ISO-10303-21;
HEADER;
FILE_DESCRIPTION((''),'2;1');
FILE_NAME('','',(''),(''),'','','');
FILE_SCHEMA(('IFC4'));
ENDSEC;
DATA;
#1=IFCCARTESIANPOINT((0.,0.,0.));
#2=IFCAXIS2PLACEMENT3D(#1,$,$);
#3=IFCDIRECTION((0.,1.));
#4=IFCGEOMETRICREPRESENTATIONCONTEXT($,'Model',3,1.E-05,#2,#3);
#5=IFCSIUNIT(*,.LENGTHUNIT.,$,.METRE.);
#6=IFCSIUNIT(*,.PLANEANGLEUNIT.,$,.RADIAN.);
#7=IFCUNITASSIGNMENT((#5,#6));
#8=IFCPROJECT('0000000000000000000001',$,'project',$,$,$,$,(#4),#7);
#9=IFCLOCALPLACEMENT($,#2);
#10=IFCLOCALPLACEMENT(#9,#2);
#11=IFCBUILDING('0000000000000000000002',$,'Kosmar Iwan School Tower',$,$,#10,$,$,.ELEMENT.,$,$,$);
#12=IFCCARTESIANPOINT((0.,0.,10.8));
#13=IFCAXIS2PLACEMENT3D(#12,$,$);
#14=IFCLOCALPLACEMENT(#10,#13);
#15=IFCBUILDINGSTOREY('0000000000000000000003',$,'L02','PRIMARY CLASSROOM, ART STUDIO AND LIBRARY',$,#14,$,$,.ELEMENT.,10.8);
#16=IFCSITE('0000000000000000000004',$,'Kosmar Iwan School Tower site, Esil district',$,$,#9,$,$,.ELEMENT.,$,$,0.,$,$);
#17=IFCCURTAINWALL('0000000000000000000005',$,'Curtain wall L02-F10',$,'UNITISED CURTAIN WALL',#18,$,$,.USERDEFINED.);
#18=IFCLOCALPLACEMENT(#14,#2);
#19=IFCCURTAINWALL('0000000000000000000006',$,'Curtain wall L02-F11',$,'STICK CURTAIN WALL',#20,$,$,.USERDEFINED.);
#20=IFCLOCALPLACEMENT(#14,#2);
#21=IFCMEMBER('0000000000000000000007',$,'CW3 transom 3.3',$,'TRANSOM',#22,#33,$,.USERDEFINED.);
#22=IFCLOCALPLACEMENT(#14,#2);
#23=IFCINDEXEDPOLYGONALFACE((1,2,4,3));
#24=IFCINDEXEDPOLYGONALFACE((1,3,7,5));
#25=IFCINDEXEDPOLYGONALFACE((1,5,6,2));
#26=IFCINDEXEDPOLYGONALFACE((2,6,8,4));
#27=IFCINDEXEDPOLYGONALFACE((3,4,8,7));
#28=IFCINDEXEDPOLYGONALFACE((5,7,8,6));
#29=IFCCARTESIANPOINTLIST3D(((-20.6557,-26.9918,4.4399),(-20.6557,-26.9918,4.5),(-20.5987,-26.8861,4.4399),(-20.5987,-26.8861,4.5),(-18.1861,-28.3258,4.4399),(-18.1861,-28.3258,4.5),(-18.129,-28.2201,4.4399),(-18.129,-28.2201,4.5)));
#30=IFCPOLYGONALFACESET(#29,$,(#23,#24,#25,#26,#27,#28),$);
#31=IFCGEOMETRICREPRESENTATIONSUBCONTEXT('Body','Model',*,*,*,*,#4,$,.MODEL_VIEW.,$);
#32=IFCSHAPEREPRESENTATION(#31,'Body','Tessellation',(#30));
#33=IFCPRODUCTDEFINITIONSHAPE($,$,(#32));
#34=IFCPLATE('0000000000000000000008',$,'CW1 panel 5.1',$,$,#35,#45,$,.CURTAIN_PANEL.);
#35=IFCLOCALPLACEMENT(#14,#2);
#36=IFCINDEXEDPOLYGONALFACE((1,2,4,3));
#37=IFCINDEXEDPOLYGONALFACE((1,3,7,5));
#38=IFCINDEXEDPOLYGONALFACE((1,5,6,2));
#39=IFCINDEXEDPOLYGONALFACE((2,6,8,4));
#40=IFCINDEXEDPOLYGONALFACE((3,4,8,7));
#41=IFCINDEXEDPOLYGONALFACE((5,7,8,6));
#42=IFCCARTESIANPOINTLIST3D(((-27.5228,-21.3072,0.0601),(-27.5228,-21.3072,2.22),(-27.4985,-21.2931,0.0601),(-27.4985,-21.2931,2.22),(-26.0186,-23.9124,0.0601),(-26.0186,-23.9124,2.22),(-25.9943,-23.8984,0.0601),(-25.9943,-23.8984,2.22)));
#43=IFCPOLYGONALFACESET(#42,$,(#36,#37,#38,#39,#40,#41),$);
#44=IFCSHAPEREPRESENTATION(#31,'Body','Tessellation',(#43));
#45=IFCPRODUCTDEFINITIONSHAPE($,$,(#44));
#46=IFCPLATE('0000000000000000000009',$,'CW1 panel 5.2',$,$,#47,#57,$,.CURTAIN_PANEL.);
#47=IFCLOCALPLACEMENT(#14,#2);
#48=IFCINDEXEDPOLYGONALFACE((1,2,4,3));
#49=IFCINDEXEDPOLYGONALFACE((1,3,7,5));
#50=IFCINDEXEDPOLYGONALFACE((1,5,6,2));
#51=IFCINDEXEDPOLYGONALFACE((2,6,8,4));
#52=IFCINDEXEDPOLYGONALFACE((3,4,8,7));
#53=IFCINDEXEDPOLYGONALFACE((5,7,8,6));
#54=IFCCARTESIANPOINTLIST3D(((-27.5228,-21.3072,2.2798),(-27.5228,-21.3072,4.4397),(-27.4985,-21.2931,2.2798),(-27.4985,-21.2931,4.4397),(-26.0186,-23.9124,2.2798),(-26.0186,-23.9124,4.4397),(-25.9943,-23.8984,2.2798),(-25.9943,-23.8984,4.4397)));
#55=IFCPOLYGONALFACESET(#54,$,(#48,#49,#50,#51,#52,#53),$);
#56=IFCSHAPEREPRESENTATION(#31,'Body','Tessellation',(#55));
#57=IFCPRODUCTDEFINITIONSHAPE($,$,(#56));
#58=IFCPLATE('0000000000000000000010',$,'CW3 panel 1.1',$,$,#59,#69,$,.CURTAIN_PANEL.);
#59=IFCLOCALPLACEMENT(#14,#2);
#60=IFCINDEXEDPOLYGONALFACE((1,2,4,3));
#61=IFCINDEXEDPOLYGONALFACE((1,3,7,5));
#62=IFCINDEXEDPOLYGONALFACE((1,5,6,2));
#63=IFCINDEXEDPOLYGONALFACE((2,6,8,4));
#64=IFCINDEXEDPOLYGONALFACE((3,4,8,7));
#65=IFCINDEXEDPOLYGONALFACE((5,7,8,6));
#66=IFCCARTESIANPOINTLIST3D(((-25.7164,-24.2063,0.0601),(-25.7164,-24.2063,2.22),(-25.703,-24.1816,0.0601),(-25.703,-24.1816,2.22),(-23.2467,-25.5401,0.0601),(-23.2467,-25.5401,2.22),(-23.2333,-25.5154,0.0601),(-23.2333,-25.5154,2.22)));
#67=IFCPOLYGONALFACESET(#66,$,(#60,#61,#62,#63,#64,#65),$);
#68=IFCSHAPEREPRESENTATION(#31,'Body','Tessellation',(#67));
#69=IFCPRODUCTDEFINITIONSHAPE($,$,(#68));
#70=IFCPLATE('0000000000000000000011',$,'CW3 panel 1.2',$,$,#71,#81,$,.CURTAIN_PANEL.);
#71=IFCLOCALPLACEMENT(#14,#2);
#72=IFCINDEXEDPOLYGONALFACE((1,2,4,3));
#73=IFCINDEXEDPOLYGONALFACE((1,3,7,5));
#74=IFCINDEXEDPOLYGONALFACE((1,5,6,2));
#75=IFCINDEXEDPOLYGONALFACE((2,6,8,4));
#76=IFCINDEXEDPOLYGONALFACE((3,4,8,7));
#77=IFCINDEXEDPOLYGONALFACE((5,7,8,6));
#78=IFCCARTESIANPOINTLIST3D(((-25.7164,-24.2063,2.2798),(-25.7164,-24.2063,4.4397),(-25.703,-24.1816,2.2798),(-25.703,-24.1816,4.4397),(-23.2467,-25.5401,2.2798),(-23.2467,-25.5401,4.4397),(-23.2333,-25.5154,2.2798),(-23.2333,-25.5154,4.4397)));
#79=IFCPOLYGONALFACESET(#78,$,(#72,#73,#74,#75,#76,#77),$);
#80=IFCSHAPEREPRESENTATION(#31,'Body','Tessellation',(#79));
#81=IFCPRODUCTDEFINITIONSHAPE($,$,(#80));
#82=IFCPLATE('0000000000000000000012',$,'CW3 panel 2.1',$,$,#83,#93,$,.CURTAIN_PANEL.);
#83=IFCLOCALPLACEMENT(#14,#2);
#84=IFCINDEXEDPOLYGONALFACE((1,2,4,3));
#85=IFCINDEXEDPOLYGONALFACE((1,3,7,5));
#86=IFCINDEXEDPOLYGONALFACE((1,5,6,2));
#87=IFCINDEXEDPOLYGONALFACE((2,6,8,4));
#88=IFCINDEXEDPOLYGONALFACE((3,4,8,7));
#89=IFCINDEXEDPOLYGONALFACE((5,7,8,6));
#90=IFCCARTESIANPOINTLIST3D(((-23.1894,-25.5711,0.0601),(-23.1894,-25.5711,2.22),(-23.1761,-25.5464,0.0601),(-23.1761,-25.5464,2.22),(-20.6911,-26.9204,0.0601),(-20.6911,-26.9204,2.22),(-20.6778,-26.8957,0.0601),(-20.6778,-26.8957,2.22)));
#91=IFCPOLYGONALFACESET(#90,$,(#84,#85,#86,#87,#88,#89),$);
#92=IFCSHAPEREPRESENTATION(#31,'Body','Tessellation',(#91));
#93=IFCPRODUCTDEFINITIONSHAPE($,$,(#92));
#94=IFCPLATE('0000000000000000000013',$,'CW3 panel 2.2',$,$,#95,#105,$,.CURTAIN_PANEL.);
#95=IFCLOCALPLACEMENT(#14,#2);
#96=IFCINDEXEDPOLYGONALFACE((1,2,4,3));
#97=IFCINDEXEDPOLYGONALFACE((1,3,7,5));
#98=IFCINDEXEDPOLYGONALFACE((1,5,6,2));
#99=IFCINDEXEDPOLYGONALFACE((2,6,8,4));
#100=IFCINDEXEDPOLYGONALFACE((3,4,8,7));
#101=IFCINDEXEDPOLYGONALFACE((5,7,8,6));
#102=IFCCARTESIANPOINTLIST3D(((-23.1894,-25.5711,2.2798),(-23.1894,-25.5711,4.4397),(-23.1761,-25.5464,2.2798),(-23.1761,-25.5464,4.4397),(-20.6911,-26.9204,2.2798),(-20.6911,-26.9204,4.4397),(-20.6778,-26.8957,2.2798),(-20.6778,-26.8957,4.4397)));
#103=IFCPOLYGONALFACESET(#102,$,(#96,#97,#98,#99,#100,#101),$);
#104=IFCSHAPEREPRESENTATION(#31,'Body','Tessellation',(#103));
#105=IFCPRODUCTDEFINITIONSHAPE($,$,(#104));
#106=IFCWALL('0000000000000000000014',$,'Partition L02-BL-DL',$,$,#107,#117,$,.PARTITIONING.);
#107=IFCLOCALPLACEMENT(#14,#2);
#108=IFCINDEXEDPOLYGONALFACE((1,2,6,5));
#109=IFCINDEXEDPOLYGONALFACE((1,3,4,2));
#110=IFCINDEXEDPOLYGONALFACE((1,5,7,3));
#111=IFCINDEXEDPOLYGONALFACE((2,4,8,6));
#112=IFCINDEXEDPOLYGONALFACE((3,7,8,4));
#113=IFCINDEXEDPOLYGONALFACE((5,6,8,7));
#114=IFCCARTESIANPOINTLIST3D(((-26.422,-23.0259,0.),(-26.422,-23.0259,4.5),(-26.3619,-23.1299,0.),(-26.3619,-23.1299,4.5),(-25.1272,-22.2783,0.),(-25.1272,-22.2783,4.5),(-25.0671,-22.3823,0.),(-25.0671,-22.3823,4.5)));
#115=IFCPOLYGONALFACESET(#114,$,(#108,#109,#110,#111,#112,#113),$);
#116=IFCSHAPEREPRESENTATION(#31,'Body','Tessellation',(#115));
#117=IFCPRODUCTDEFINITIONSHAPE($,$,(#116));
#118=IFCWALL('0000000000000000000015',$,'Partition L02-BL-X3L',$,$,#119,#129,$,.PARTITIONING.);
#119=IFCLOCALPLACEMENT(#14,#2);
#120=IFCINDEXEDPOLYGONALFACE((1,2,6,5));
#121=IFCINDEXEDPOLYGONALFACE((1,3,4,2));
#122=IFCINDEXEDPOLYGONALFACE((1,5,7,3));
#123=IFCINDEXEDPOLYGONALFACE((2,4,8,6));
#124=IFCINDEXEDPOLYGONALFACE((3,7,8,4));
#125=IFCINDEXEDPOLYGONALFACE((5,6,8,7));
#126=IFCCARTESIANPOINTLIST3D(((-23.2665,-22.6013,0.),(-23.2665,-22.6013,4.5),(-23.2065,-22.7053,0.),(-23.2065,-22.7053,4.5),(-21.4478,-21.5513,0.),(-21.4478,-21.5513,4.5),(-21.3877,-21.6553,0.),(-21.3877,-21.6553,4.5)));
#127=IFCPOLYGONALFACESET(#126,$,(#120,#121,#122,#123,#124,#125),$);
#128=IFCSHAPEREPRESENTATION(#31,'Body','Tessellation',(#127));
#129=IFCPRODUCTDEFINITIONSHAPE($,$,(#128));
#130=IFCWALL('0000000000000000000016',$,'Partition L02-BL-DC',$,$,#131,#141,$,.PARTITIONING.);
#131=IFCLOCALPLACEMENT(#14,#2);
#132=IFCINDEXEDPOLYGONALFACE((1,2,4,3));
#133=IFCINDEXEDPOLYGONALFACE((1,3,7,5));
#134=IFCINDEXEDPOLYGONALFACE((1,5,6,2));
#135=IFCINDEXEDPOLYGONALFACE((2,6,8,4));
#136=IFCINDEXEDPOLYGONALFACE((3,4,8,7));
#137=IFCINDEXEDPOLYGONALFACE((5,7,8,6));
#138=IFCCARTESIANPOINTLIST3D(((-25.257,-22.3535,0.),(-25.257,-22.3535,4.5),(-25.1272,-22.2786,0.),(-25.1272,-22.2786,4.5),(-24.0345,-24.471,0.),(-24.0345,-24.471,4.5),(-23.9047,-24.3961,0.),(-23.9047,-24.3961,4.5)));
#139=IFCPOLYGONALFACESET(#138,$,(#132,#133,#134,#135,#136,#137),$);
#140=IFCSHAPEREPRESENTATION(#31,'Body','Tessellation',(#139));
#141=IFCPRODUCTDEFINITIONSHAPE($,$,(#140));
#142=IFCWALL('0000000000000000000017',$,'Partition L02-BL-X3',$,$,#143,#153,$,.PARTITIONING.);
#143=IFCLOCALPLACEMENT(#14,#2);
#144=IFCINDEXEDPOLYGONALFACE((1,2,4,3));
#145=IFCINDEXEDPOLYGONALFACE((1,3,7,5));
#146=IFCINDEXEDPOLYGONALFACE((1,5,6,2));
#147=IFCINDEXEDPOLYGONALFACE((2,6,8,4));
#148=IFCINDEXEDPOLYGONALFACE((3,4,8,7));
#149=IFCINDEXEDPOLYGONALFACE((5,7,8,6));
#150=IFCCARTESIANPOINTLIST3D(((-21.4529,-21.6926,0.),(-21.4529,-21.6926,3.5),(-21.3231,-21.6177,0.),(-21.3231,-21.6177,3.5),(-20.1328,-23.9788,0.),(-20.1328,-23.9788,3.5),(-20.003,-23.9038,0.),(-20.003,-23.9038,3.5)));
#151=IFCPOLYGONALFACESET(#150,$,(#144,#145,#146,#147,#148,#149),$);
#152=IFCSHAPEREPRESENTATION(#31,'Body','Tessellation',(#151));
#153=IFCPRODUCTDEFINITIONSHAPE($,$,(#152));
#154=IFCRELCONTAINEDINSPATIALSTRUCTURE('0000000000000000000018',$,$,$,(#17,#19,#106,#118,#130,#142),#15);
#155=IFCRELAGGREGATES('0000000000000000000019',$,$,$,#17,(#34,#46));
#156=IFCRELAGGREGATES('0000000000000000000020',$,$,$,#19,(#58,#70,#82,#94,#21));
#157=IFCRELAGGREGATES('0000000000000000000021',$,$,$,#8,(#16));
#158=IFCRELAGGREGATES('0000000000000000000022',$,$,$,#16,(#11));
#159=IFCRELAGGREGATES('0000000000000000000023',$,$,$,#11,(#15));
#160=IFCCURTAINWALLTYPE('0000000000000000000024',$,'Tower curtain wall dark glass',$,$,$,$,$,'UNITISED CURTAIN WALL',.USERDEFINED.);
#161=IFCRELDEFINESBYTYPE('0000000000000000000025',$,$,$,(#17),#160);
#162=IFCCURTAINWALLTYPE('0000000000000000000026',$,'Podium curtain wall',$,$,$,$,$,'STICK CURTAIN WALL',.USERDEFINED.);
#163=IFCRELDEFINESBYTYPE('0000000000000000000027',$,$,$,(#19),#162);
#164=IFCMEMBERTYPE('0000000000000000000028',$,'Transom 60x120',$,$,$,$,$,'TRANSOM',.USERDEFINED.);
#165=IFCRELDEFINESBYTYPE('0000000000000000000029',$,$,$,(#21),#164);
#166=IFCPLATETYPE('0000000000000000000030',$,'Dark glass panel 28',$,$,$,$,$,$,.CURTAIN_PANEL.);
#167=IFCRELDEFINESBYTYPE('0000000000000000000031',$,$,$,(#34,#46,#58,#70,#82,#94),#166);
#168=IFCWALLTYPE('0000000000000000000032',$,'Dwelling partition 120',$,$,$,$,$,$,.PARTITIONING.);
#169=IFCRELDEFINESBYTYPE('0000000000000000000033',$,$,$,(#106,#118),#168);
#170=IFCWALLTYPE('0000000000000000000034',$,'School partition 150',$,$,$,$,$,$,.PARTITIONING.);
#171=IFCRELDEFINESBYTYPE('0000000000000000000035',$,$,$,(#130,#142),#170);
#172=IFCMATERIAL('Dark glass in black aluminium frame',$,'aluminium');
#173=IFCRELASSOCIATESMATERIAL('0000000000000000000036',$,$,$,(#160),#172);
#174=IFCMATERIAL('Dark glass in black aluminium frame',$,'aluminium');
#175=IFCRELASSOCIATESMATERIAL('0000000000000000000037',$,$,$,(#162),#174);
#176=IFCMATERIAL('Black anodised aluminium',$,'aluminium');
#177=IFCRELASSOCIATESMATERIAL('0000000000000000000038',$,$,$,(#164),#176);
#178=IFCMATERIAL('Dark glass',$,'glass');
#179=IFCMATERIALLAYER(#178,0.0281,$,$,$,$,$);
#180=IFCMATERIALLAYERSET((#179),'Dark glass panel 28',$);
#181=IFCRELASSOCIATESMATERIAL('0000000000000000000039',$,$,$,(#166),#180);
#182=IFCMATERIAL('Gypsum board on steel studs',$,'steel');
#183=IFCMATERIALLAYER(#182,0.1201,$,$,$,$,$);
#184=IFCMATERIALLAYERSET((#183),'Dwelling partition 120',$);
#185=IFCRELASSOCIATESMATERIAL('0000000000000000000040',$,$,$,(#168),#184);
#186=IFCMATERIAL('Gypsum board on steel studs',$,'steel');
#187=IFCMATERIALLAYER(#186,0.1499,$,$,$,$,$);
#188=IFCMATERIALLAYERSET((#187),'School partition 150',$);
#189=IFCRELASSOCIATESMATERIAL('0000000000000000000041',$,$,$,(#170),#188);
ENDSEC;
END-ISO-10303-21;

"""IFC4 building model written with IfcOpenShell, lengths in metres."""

from ifc_helpers import new_model, si_unit, direction, frame, frame_2d, origin, origin_2d, place, context, subcontext, project, spatial, rectangle, extrude, material, layer, layer_set, material_profile, profile_set, type_object, element, aggregate, save


model = new_model("IFC4")

# Units and contexts
model_context = context("Model", 3, precision=1e-05, world=origin(), true_north=direction((0.0, 1.0)))
body_context = subcontext(model_context, "Body", "Model", "MODEL_VIEW")
ifc_project = project(units=[si_unit("LENGTHUNIT", "METRE"), si_unit("PLANEANGLEUNIT", "RADIAN")], contexts=[model_context])

# Site, building, storey
site_placement = place(None, origin())
site = spatial("IfcSite", under=ifc_project, at=site_placement, Name="Kosmar Iwan School Tower site, Esil district", CompositionType="ELEMENT", RefElevation=0.0)
building_placement = place(site_placement, origin())
building = spatial("IfcBuilding", under=site, at=building_placement, Name="Kosmar Iwan School Tower", CompositionType="ELEMENT")
storey_placement = place(building_placement, frame((0.0, 0.0, 10.8)))
storey = spatial("IfcBuildingStorey", under=building, at=storey_placement, Name="L02", Description="PRIMARY CLASSROOM, ART STUDIO AND LIBRARY", CompositionType="ELEMENT", Elevation=10.8)

# Curtain wall
ifc_material_1 = material(Name="Dark glass in black aluminium frame", Category="aluminium")
curtain_wall_type_1 = type_object("IfcCurtainWallType", Name="Tower curtain wall dark glass", ElementType="UNITISED CURTAIN WALL", PredefinedType="USERDEFINED", material=ifc_material_1)
curtain_wall_1_placement = place(storey_placement, origin())
curtain_wall_1 = element("IfcCurtainWall", 1, at=curtain_wall_1_placement, inside=storey, type_object=curtain_wall_type_1, Name="Curtain wall L02-F10", ObjectType="UNITISED CURTAIN WALL", PredefinedType="USERDEFINED")

# Curtain wall
ifc_material_2 = material(Name="Dark glass in black aluminium frame", Category="aluminium")
curtain_wall_type_2 = type_object("IfcCurtainWallType", Name="Podium curtain wall", ElementType="STICK CURTAIN WALL", PredefinedType="USERDEFINED", material=ifc_material_2)
curtain_wall_2_placement = place(storey_placement, origin())
curtain_wall_2 = element("IfcCurtainWall", 2, at=curtain_wall_2_placement, inside=storey, type_object=curtain_wall_type_2, Name="Curtain wall L02-F11", ObjectType="STICK CURTAIN WALL", PredefinedType="USERDEFINED")

# Member
ifc_material_3 = material(Name="Black anodised aluminium", Category="aluminium")
ifc_material_profile_1 = material_profile(ifc_material_3, rectangle(XDim=0.1201, YDim=0.0601, at=origin_2d()), Name="TRANSOM 60x120")
ifc_profile_set_1 = profile_set([ifc_material_profile_1], Name="Black anodised aluminium")
member_type_1 = type_object("IfcMemberType", Name="Transom 60x120", ElementType="TRANSOM", PredefinedType="USERDEFINED", material=ifc_profile_set_1)
member_1_placement = place(storey_placement, frame((-20.6272, -26.939, 4.47), z_axis=(0.879856, -0.47524, 0.0), x_axis=(0.47524, 0.879856, 0.0)))
member_1 = element("IfcMember", 3, at=member_1_placement, type_object=member_type_1, Name="CW3 transom 3.3", ObjectType="TRANSOM", PredefinedType="USERDEFINED", context=body_context, shape_type="SweptSolid", body=[
    extrude(rectangle(XDim=0.1201, YDim=0.0601, at=origin_2d()), origin(), (0.0, 0.0, 1.0), 2.8069),
])

# Plates
ifc_material_4 = material(Name="Dark glass", Category="glass")
ifc_layer_1 = layer(ifc_material_4, 0.0281)
ifc_layer_set_1 = layer_set([ifc_layer_1], Name="Dark glass panel 28")
plate_type = type_object("IfcPlateType", Name="Dark glass panel 28", PredefinedType="CURTAIN_PANEL", material=ifc_layer_set_1)
plate_1_placement = place(storey_placement, frame((-26.7585, -22.6028, 0.0601), z_axis=(0.0, 0.0, 1.0), x_axis=(0.5, -0.866025, 0.0)))
plate_1 = element("IfcPlate", 4, at=plate_1_placement, type_object=plate_type, Name="CW1 panel 5.1", PredefinedType="CURTAIN_PANEL", context=body_context, shape_type="SweptSolid", body=[
    extrude(rectangle(XDim=3.0083, YDim=0.0281, at=origin_2d()), origin(), (0.0, 0.0, 1.0), 2.1599),
])
plate_2_placement = place(storey_placement, frame((-26.7585, -22.6028, 2.2798), z_axis=(0.0, 0.0, 1.0), x_axis=(0.5, -0.866025, 0.0)))
plate_2 = element("IfcPlate", 5, at=plate_2_placement, type_object=plate_type, Name="CW1 panel 5.2", PredefinedType="CURTAIN_PANEL", context=body_context, shape_type="SweptSolid", body=[
    extrude(rectangle(XDim=3.0083, YDim=0.0281, at=origin_2d()), origin(), (0.0, 0.0, 1.0), 2.1599),
])
aggregate(curtain_wall_1, [plate_1, plate_2])
plate_3_placement = place(storey_placement, frame((-24.4749, -24.8608, 0.0601), z_axis=(0.0, 0.0, 1.0), x_axis=(0.879869, -0.475215, 0.0)))
plate_3 = element("IfcPlate", 6, at=plate_3_placement, type_object=plate_type, Name="CW3 panel 1.1", PredefinedType="CURTAIN_PANEL", context=body_context, shape_type="SweptSolid", body=[
    extrude(rectangle(XDim=2.8069, YDim=0.0281, at=origin_2d()), origin(), (0.0, 0.0, 1.0), 2.1599),
])
plate_4_placement = place(storey_placement, frame((-24.4749, -24.8608, 2.2798), z_axis=(0.0, 0.0, 1.0), x_axis=(0.879869, -0.475215, 0.0)))
plate_4 = element("IfcPlate", 7, at=plate_4_placement, type_object=plate_type, Name="CW3 panel 1.2", PredefinedType="CURTAIN_PANEL", context=body_context, shape_type="SweptSolid", body=[
    extrude(rectangle(XDim=2.8069, YDim=0.0281, at=origin_2d()), origin(), (0.0, 0.0, 1.0), 2.1599),
])
plate_5_placement = place(storey_placement, frame((-21.9336, -26.2334, 0.0601), z_axis=(0.0, 0.0, 1.0), x_axis=(0.879869, -0.475215, 0.0)))
plate_5 = element("IfcPlate", 8, at=plate_5_placement, type_object=plate_type, Name="CW3 panel 2.1", PredefinedType="CURTAIN_PANEL", context=body_context, shape_type="SweptSolid", body=[
    extrude(rectangle(XDim=2.8394, YDim=0.0281, at=origin_2d()), origin(), (0.0, 0.0, 1.0), 2.1599),
])
plate_6_placement = place(storey_placement, frame((-21.9336, -26.2334, 2.2798), z_axis=(0.0, 0.0, 1.0), x_axis=(0.879869, -0.475215, 0.0)))
plate_6 = element("IfcPlate", 9, at=plate_6_placement, type_object=plate_type, Name="CW3 panel 2.2", PredefinedType="CURTAIN_PANEL", context=body_context, shape_type="SweptSolid", body=[
    extrude(rectangle(XDim=2.8394, YDim=0.0281, at=origin_2d()), origin(), (0.0, 0.0, 1.0), 2.1599),
])
aggregate(curtain_wall_2, [plate_3, plate_4, plate_5, plate_6, member_1])

# Walls
ifc_material_5 = material(Name="Gypsum board on steel studs", Category="steel")
ifc_layer_2 = layer(ifc_material_5, 0.1201)
ifc_layer_set_2 = layer_set([ifc_layer_2], Name="Dwelling partition 120")
wall_type_1 = type_object("IfcWallType", Name="Dwelling partition 120", PredefinedType="PARTITIONING", material=ifc_layer_set_2)
wall_1_placement = place(storey_placement, frame((-25.0972, -22.3303, 0.0), z_axis=(0.0, 0.0, 1.0), x_axis=(-0.866003, -0.500038, 0.0)))
element("IfcWall", 10, at=wall_1_placement, inside=storey, type_object=wall_type_1, Name="Partition L02-BL-DL", PredefinedType="PARTITIONING", context=body_context, shape_type="SweptSolid", body=[
    extrude(rectangle(XDim=1.4951, YDim=0.1201, at=frame_2d((0.7476, 0.0))), origin(), (0.0, 0.0, 1.0), 4.5),
])
wall_2_placement = place(storey_placement, frame((-21.4177, -21.6033, 0.0), z_axis=(0.0, 0.0, 1.0), x_axis=(-0.866038, -0.499977, 0.0)))
element("IfcWall", 11, at=wall_2_placement, inside=storey, type_object=wall_type_1, Name="Partition L02-BL-X3L", PredefinedType="PARTITIONING", context=body_context, shape_type="SweptSolid", body=[
    extrude(rectangle(XDim=2.1001, YDim=0.1201, at=frame_2d((1.05, 0.0))), origin(), (0.0, 0.0, 1.0), 4.5),
])
ifc_material_6 = material(Name="Gypsum board on steel studs", Category="steel")
ifc_layer_3 = layer(ifc_material_6, 0.1499)
ifc_layer_set_3 = layer_set([ifc_layer_3], Name="School partition 150")
wall_type_2 = type_object("IfcWallType", Name="School partition 150", PredefinedType="PARTITIONING", material=ifc_layer_set_3)
wall_3_placement = place(storey_placement, frame((-25.1921, -22.3159, 0.0), z_axis=(0.0, 0.0, 1.0), x_axis=(0.499973, -0.866041, 0.0)))
element("IfcWall", 12, at=wall_3_placement, inside=storey, type_object=wall_type_2, Name="Partition L02-BL-DC", PredefinedType="PARTITIONING", context=body_context, shape_type="SweptSolid", body=[
    extrude(rectangle(XDim=2.4451, YDim=0.1499, at=frame_2d((1.2227, 0.0))), origin(), (0.0, 0.0, 1.0), 4.5),
])
wall_4_placement = place(storey_placement, frame((-21.3879, -21.6553, 0.0), z_axis=(0.0, 0.0, 1.0), x_axis=(0.500048, -0.865998, 0.0)))
element("IfcWall", 13, at=wall_4_placement, inside=storey, type_object=wall_type_2, Name="Partition L02-BL-X3", PredefinedType="PARTITIONING", context=body_context, shape_type="SweptSolid", body=[
    extrude(rectangle(XDim=2.6399, YDim=0.1499, at=frame_2d((1.3198, 0.0))), origin(), (0.0, 0.0, 1.0), 3.5),
])

save(model, "model.ifc")
